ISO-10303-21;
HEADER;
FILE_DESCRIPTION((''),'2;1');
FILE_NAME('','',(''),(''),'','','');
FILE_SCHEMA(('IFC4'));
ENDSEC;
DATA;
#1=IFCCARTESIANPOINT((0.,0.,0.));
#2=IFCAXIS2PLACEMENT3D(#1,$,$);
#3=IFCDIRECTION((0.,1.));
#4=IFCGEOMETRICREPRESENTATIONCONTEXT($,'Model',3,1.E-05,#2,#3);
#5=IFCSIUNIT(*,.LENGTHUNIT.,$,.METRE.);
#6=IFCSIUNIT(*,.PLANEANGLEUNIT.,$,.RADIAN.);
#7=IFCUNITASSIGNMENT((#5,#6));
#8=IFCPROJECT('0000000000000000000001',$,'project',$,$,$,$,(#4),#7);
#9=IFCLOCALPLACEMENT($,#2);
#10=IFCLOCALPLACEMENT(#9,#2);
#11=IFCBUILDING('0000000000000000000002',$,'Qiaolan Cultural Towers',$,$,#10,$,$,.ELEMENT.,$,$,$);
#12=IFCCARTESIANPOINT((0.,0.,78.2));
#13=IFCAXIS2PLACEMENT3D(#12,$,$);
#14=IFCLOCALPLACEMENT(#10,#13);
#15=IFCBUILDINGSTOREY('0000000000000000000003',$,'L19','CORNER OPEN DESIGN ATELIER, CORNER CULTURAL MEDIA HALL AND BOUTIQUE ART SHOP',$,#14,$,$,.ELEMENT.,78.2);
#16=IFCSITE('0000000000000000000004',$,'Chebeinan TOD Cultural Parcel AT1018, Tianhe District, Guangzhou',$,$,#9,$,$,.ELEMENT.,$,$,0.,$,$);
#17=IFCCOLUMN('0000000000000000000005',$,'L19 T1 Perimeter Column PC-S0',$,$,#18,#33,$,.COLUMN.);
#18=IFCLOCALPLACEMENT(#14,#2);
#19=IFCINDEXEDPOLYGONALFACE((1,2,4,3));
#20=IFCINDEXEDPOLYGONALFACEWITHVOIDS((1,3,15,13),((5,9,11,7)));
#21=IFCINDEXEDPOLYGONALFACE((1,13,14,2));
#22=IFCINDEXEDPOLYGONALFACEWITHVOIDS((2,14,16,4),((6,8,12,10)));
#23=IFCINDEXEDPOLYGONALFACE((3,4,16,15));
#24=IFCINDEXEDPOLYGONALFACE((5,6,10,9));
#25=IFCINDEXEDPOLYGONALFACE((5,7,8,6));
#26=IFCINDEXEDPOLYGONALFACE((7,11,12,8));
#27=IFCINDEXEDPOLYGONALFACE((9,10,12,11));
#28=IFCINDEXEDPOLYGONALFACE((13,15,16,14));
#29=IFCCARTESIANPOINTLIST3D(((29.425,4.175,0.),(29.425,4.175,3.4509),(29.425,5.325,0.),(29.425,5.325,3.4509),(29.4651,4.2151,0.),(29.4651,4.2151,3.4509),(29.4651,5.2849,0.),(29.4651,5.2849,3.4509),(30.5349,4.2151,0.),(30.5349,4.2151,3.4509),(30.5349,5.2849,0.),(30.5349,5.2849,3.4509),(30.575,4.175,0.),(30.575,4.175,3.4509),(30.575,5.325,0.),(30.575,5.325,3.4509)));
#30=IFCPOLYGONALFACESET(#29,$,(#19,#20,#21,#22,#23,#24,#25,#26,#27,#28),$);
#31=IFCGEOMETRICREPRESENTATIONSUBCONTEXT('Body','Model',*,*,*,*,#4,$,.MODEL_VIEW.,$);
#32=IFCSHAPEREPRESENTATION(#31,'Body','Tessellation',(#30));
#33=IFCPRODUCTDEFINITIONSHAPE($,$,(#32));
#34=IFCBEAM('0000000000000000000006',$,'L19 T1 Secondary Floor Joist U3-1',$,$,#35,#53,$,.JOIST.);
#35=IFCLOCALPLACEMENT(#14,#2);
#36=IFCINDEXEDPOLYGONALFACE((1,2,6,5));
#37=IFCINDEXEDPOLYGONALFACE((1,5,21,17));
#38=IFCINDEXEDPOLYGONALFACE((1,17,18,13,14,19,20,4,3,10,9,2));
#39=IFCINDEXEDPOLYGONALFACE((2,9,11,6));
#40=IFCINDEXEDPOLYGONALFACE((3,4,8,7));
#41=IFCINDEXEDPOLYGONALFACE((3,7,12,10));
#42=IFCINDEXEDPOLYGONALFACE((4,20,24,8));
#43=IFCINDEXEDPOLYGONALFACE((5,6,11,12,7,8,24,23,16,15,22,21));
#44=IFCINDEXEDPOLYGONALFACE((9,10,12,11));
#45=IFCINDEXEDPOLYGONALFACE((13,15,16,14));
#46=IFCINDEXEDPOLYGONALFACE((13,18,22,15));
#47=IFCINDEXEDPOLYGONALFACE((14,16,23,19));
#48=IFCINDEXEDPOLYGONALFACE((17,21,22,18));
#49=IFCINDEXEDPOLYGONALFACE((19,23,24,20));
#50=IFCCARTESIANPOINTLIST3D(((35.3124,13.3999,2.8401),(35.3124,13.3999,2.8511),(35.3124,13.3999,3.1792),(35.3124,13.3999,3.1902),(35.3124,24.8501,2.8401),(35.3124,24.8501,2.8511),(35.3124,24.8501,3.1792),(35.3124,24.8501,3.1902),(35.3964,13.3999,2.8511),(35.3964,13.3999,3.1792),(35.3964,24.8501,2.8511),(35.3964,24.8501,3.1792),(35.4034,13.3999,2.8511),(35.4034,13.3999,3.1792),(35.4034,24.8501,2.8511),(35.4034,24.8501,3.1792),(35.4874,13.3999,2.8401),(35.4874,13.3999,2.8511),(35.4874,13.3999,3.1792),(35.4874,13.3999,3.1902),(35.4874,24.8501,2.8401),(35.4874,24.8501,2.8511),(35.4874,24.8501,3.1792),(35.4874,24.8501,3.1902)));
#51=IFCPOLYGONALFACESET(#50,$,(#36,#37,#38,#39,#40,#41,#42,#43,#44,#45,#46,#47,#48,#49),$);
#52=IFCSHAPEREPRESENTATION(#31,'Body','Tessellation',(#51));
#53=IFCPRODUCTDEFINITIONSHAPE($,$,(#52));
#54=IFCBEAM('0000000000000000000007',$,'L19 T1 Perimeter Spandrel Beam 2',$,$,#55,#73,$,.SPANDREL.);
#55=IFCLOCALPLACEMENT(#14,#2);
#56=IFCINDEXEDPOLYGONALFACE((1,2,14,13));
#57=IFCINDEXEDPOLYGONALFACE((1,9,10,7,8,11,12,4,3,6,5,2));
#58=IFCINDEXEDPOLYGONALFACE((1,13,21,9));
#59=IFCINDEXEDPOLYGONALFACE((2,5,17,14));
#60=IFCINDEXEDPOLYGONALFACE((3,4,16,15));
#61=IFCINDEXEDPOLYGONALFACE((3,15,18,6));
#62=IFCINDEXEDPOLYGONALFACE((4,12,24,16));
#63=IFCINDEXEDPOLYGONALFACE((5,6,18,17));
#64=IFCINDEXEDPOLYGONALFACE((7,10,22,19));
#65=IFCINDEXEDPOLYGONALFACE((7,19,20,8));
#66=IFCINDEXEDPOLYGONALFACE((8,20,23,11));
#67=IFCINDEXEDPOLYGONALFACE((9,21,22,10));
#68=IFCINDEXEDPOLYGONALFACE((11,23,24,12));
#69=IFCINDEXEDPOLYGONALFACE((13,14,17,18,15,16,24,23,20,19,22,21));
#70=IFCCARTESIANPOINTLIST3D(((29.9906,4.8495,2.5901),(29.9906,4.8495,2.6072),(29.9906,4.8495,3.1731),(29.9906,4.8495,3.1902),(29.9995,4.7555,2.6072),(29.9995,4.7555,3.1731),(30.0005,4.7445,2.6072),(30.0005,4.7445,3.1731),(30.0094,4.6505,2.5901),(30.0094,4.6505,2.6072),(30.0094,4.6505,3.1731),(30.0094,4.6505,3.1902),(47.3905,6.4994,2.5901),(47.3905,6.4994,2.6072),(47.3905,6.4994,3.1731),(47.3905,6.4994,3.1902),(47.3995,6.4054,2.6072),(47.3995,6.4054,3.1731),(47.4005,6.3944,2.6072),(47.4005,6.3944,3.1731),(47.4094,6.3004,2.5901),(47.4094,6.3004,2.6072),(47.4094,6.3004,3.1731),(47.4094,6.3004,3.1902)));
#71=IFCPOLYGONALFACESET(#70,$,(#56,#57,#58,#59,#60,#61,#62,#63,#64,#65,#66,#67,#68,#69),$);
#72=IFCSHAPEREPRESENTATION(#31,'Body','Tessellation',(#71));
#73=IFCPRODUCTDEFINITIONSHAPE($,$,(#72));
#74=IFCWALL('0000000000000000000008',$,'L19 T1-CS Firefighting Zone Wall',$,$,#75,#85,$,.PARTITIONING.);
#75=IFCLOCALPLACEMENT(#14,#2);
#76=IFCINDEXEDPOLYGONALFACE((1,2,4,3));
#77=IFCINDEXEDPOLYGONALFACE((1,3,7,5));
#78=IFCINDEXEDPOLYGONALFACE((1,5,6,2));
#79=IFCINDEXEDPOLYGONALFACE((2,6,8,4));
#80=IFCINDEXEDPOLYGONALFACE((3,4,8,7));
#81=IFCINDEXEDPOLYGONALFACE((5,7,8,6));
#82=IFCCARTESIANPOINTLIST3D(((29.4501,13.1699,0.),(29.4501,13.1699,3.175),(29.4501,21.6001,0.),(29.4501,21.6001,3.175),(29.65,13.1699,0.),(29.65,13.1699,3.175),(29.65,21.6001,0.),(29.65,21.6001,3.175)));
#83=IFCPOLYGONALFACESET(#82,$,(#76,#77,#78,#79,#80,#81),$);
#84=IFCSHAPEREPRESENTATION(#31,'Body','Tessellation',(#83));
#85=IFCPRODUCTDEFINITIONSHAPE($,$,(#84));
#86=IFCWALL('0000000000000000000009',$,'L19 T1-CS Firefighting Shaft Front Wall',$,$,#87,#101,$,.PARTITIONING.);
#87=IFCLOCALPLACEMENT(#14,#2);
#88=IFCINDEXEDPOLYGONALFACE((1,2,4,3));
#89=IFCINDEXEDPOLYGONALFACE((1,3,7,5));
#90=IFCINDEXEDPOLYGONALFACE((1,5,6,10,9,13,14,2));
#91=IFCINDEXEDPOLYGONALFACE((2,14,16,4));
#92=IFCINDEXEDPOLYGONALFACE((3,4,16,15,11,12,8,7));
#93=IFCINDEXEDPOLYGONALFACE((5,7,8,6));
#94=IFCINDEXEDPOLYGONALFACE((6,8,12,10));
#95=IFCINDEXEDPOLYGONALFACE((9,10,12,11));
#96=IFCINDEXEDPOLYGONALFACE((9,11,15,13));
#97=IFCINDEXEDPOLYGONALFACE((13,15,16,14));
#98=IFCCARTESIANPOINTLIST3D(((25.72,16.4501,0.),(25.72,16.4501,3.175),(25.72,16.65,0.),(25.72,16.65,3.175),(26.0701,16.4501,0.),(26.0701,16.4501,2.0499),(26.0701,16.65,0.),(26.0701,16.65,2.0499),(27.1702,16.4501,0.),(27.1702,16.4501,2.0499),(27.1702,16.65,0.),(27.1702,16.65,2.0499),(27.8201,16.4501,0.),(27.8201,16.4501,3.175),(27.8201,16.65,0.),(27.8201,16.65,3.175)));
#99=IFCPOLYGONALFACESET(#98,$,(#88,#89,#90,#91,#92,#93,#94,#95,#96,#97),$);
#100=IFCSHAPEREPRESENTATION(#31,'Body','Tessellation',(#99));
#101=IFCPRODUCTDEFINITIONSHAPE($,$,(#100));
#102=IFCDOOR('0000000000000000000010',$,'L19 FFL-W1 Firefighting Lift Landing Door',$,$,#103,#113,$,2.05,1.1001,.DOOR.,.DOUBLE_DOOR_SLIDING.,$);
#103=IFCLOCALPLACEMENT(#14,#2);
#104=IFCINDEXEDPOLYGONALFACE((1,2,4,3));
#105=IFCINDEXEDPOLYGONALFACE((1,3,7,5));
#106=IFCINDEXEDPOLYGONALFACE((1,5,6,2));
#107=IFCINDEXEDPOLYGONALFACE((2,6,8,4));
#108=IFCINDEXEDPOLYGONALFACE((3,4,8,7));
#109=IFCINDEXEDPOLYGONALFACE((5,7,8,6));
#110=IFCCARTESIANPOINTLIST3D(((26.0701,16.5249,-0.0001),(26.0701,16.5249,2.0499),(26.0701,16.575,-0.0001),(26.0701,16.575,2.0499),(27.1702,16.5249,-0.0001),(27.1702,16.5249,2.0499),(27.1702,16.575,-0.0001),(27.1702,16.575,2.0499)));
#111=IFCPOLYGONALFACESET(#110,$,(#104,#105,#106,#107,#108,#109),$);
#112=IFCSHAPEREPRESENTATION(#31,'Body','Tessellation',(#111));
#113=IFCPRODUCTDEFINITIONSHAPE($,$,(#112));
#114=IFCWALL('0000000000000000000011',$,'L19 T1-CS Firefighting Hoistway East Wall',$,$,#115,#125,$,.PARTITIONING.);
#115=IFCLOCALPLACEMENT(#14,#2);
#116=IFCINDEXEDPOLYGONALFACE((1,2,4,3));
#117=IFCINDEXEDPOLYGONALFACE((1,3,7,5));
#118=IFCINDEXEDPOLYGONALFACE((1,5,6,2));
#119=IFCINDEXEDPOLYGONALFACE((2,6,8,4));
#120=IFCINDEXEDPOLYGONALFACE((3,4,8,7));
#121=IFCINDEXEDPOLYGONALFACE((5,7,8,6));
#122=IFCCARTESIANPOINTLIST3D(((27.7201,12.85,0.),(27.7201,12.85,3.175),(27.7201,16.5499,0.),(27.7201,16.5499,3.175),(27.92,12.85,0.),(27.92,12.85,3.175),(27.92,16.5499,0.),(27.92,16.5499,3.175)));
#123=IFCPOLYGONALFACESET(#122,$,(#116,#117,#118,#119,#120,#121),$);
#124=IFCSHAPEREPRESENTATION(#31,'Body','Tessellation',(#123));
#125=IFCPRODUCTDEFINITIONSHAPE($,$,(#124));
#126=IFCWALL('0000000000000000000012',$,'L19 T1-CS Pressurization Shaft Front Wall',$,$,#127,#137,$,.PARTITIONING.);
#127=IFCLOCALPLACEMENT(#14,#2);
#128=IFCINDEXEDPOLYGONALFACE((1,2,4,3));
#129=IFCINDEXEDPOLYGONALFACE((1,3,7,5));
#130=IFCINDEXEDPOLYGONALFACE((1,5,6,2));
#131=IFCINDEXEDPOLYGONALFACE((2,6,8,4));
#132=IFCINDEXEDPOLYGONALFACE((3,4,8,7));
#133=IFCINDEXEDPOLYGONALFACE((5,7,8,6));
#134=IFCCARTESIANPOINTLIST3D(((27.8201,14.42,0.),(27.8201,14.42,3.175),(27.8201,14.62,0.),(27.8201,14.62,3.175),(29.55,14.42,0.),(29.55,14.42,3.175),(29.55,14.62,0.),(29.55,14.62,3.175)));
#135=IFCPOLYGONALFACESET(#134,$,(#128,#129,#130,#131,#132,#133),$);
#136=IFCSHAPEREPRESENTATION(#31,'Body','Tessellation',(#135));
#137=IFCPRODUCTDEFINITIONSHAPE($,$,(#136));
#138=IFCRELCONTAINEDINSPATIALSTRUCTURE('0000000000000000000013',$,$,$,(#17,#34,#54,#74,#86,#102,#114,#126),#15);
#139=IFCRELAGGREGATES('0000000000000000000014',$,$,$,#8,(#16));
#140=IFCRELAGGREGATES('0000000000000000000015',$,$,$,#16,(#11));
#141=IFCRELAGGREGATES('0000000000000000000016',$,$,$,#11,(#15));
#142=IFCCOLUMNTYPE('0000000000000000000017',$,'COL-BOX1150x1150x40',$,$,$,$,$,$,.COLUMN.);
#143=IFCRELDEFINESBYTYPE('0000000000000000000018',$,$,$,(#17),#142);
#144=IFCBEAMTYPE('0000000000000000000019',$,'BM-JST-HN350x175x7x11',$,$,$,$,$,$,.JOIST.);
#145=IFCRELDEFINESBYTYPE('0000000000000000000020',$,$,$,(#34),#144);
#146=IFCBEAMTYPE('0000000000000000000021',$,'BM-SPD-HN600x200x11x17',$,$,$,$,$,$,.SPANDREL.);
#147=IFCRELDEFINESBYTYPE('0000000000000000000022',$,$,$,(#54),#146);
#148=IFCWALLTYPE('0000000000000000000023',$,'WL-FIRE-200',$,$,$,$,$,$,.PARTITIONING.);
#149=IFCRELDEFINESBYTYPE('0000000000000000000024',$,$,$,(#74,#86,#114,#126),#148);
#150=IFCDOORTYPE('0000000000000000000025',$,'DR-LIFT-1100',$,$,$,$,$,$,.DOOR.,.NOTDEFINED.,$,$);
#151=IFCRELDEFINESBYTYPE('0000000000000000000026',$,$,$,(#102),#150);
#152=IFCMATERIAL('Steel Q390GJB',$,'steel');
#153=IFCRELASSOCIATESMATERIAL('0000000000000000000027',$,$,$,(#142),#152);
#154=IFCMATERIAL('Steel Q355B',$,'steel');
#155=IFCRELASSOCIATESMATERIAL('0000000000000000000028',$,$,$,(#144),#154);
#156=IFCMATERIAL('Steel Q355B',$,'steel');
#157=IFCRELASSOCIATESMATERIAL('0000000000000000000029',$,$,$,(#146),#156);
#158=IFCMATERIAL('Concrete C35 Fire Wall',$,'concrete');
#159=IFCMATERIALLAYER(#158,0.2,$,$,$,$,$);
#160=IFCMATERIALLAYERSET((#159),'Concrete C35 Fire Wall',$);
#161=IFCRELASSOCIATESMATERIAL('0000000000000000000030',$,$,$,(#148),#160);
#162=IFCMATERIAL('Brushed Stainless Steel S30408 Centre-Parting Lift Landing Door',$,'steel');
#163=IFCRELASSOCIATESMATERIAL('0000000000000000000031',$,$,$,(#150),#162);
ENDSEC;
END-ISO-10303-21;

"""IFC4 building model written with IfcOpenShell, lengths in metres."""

from ifc_helpers import new_model, si_unit, direction, frame, frame_2d, origin, origin_2d, place, context, subcontext, project, spatial, rectangle, hollow_rectangle, i_section, extrude, material, layer, layer_set, material_profile, profile_set, type_object, element, fill, save


model = new_model("IFC4")

# Units and contexts
model_context = context("Model", 3, precision=1e-05, world=origin(), true_north=direction((0.0, 1.0)))
body_context = subcontext(model_context, "Body", "Model", "MODEL_VIEW")
ifc_project = project(units=[si_unit("LENGTHUNIT", "METRE"), si_unit("PLANEANGLEUNIT", "RADIAN")], contexts=[model_context])

# Site, building, storey
site_placement = place(None, origin())
site = spatial("IfcSite", under=ifc_project, at=site_placement, Name="Chebeinan TOD Cultural Parcel AT1018, Tianhe District, Guangzhou", CompositionType="ELEMENT", RefElevation=0.0)
building_placement = place(site_placement, origin())
building = spatial("IfcBuilding", under=site, at=building_placement, Name="Qiaolan Cultural Towers", CompositionType="ELEMENT")
storey_placement = place(building_placement, frame((0.0, 0.0, 78.2)))
storey = spatial("IfcBuildingStorey", under=building, at=storey_placement, Name="L19", Description="CORNER OPEN DESIGN ATELIER, CORNER CULTURAL MEDIA HALL AND BOUTIQUE ART SHOP", CompositionType="ELEMENT", Elevation=78.2)

# Column
ifc_material_1 = material(Name="Steel Q390GJB", Category="steel")
ifc_material_profile_1 = material_profile(ifc_material_1, hollow_rectangle(XDim=1.1499, YDim=1.1499, WallThickness=0.04, at=origin_2d()), Name="BOX1150x1150x40")
ifc_profile_set_1 = profile_set([ifc_material_profile_1], Name="Steel Q390GJB")
column_type = type_object("IfcColumnType", Name="COL-BOX1150x1150x40", PredefinedType="COLUMN", material=ifc_profile_set_1)
column_placement = place(storey_placement, frame((30.0, 4.75, 0.0), z_axis=(0.0, 0.0, 1.0), x_axis=(1.0, 0.0, 0.0)))
element("IfcColumn", 1, at=column_placement, inside=storey, type_object=column_type, Name="L19 T1 Perimeter Column PC-S0", PredefinedType="COLUMN", context=body_context, shape_type="SweptSolid", body=[
    extrude(hollow_rectangle(XDim=1.1499, YDim=1.1499, WallThickness=0.04, at=origin_2d()), origin(), (0.0, 0.0, 1.0), 3.4509),
])

# Beams
ifc_material_2 = material(Name="Steel Q355B", Category="steel")
ifc_material_profile_2 = material_profile(ifc_material_2, i_section(OverallWidth=0.175, OverallDepth=0.3501, WebThickness=0.0071, FlangeThickness=0.011, at=origin_2d()), Name="HN350x175x7x11")
ifc_profile_set_2 = profile_set([ifc_material_profile_2], Name="Steel Q355B")
beam_type_1 = type_object("IfcBeamType", Name="BM-JST-HN350x175x7x11", PredefinedType="JOIST", material=ifc_profile_set_2)
beam_1_placement = place(storey_placement, frame((35.3999, 13.3999, 3.0151), z_axis=(0.0, 1.0, 0.0), x_axis=(-1.0, 0.0, 0.0)))
element("IfcBeam", 2, at=beam_1_placement, inside=storey, type_object=beam_type_1, Name="L19 T1 Secondary Floor Joist U3-1", PredefinedType="JOIST", context=body_context, shape_type="SweptSolid", body=[
    extrude(i_section(OverallWidth=0.175, OverallDepth=0.3501, WebThickness=0.0071, FlangeThickness=0.011, at=origin_2d()), origin(), (0.0, 0.0, 1.0), 11.4502),
])
ifc_material_3 = material(Name="Steel Q355B", Category="steel")
ifc_material_profile_3 = material_profile(ifc_material_3, i_section(OverallWidth=0.2, OverallDepth=0.6001, WebThickness=0.011, FlangeThickness=0.0171, at=origin_2d()), Name="HN600x200x11x17")
ifc_profile_set_3 = profile_set([ifc_material_profile_3], Name="Steel Q355B")
beam_type_2 = type_object("IfcBeamType", Name="BM-SPD-HN600x200x11x17", PredefinedType="SPANDREL", material=ifc_profile_set_3)
beam_2_placement = place(storey_placement, frame((30.0, 4.75, 2.8901), z_axis=(0.995534, 0.094399, 0.0), x_axis=(-0.094399, 0.995534, 0.0)))
element("IfcBeam", 3, at=beam_2_placement, inside=storey, type_object=beam_type_2, Name="L19 T1 Perimeter Spandrel Beam 2", PredefinedType="SPANDREL", context=body_context, shape_type="SweptSolid", body=[
    extrude(i_section(OverallWidth=0.2, OverallDepth=0.6001, WebThickness=0.011, FlangeThickness=0.0171, at=origin_2d()), origin(), (0.0, 0.0, 1.0), 17.478),
])

# Wall
ifc_material_4 = material(Name="Concrete C35 Fire Wall", Category="concrete")
ifc_layer_1 = layer(ifc_material_4, 0.2)
ifc_layer_set_1 = layer_set([ifc_layer_1], Name="Concrete C35 Fire Wall")
wall_type_1 = type_object("IfcWallType", Name="WL-FIRE-200", PredefinedType="PARTITIONING", material=ifc_layer_set_1)
wall_1_placement = place(storey_placement, frame((29.55, 21.6001, 0.0), z_axis=(0.0, 0.0, 1.0), x_axis=(0.0, -1.0, 0.0)))
element("IfcWall", 4, at=wall_1_placement, inside=storey, type_object=wall_type_1, Name="L19 T1-CS Firefighting Zone Wall", PredefinedType="PARTITIONING", context=body_context, shape_type="SweptSolid", body=[
    extrude(rectangle(XDim=8.4302, YDim=0.2, at=frame_2d((4.2151, 0.0))), origin(), (0.0, 0.0, 1.0), 3.175),
])

# Wall, opening, door
wall_2_placement = place(storey_placement, frame((25.72, 16.55, 0.0), z_axis=(0.0, 0.0, 1.0), x_axis=(1.0, 0.0, 0.0)))
wall_2 = element("IfcWall", 5, at=wall_2_placement, inside=storey, type_object=wall_type_1, Name="L19 T1-CS Firefighting Shaft Front Wall", PredefinedType="PARTITIONING", context=body_context, shape_type="SweptSolid", body=[
    extrude(rectangle(XDim=2.1001, YDim=0.2, at=frame_2d((1.05, 0.0))), origin(), (0.0, 0.0, 1.0), 3.175),
])
opening_1_placement = place(wall_2_placement, frame((0.3501, 0.0, 0.0)))
opening_1 = element("IfcOpeningElement", 6, at=opening_1_placement, cuts=wall_2, PredefinedType="OPENING", context=body_context, shape_type="SweptSolid", body=[
    extrude(rectangle(XDim=1.1001, YDim=2.05, at=frame_2d((0.55, 1.0249))), frame((0.0, 0.1099, 0.0), z_axis=(0.0, -1.0, 0.0), x_axis=(1.0, 0.0, 0.0)), (0.0, 0.0, 1.0), 0.22),
])
ifc_material_5 = material(Name="Brushed Stainless Steel S30408 Centre-Parting Lift Landing Door", Category="steel")
door_type = type_object("IfcDoorType", Name="DR-LIFT-1100", OperationType="NOTDEFINED", PredefinedType="DOOR", material=ifc_material_5)
door_1_placement = place(opening_1_placement, origin())
door_1 = element("IfcDoor", 7, at=door_1_placement, inside=storey, type_object=door_type, Name="L19 FFL-W1 Firefighting Lift Landing Door", OperationType="DOUBLE_DOOR_SLIDING", OverallHeight=2.05, OverallWidth=1.1001, PredefinedType="DOOR", context=body_context, shape_type="SweptSolid", body=[
    extrude(rectangle(XDim=1.1001, YDim=2.05, at=frame_2d((0.55, 1.0249))), frame((0.0, 0.0249, 0.0), z_axis=(0.0, -1.0, 0.0), x_axis=(1.0, 0.0, 0.0)), (0.0, 0.0, 1.0), 0.05),
])
fill(opening_1, door_1)

# Walls
wall_3_placement = place(storey_placement, frame((27.8201, 16.55, 0.0), z_axis=(0.0, 0.0, 1.0), x_axis=(0.0, -1.0, 0.0)))
element("IfcWall", 8, at=wall_3_placement, inside=storey, type_object=wall_type_1, Name="L19 T1-CS Firefighting Hoistway East Wall", PredefinedType="PARTITIONING", context=body_context, shape_type="SweptSolid", body=[
    extrude(rectangle(XDim=3.7, YDim=0.2, at=frame_2d((1.8501, 0.0))), origin(), (0.0, 0.0, 1.0), 3.175),
])
wall_4_placement = place(storey_placement, frame((27.8201, 14.52, 0.0), z_axis=(0.0, 0.0, 1.0), x_axis=(1.0, 0.0, 0.0)))
element("IfcWall", 9, at=wall_4_placement, inside=storey, type_object=wall_type_1, Name="L19 T1-CS Pressurization Shaft Front Wall", PredefinedType="PARTITIONING", context=body_context, shape_type="SweptSolid", body=[
    extrude(rectangle(XDim=1.73, YDim=0.2, at=frame_2d((0.865, 0.0))), origin(), (0.0, 0.0, 1.0), 3.175),
])

save(model, "model.ifc")
